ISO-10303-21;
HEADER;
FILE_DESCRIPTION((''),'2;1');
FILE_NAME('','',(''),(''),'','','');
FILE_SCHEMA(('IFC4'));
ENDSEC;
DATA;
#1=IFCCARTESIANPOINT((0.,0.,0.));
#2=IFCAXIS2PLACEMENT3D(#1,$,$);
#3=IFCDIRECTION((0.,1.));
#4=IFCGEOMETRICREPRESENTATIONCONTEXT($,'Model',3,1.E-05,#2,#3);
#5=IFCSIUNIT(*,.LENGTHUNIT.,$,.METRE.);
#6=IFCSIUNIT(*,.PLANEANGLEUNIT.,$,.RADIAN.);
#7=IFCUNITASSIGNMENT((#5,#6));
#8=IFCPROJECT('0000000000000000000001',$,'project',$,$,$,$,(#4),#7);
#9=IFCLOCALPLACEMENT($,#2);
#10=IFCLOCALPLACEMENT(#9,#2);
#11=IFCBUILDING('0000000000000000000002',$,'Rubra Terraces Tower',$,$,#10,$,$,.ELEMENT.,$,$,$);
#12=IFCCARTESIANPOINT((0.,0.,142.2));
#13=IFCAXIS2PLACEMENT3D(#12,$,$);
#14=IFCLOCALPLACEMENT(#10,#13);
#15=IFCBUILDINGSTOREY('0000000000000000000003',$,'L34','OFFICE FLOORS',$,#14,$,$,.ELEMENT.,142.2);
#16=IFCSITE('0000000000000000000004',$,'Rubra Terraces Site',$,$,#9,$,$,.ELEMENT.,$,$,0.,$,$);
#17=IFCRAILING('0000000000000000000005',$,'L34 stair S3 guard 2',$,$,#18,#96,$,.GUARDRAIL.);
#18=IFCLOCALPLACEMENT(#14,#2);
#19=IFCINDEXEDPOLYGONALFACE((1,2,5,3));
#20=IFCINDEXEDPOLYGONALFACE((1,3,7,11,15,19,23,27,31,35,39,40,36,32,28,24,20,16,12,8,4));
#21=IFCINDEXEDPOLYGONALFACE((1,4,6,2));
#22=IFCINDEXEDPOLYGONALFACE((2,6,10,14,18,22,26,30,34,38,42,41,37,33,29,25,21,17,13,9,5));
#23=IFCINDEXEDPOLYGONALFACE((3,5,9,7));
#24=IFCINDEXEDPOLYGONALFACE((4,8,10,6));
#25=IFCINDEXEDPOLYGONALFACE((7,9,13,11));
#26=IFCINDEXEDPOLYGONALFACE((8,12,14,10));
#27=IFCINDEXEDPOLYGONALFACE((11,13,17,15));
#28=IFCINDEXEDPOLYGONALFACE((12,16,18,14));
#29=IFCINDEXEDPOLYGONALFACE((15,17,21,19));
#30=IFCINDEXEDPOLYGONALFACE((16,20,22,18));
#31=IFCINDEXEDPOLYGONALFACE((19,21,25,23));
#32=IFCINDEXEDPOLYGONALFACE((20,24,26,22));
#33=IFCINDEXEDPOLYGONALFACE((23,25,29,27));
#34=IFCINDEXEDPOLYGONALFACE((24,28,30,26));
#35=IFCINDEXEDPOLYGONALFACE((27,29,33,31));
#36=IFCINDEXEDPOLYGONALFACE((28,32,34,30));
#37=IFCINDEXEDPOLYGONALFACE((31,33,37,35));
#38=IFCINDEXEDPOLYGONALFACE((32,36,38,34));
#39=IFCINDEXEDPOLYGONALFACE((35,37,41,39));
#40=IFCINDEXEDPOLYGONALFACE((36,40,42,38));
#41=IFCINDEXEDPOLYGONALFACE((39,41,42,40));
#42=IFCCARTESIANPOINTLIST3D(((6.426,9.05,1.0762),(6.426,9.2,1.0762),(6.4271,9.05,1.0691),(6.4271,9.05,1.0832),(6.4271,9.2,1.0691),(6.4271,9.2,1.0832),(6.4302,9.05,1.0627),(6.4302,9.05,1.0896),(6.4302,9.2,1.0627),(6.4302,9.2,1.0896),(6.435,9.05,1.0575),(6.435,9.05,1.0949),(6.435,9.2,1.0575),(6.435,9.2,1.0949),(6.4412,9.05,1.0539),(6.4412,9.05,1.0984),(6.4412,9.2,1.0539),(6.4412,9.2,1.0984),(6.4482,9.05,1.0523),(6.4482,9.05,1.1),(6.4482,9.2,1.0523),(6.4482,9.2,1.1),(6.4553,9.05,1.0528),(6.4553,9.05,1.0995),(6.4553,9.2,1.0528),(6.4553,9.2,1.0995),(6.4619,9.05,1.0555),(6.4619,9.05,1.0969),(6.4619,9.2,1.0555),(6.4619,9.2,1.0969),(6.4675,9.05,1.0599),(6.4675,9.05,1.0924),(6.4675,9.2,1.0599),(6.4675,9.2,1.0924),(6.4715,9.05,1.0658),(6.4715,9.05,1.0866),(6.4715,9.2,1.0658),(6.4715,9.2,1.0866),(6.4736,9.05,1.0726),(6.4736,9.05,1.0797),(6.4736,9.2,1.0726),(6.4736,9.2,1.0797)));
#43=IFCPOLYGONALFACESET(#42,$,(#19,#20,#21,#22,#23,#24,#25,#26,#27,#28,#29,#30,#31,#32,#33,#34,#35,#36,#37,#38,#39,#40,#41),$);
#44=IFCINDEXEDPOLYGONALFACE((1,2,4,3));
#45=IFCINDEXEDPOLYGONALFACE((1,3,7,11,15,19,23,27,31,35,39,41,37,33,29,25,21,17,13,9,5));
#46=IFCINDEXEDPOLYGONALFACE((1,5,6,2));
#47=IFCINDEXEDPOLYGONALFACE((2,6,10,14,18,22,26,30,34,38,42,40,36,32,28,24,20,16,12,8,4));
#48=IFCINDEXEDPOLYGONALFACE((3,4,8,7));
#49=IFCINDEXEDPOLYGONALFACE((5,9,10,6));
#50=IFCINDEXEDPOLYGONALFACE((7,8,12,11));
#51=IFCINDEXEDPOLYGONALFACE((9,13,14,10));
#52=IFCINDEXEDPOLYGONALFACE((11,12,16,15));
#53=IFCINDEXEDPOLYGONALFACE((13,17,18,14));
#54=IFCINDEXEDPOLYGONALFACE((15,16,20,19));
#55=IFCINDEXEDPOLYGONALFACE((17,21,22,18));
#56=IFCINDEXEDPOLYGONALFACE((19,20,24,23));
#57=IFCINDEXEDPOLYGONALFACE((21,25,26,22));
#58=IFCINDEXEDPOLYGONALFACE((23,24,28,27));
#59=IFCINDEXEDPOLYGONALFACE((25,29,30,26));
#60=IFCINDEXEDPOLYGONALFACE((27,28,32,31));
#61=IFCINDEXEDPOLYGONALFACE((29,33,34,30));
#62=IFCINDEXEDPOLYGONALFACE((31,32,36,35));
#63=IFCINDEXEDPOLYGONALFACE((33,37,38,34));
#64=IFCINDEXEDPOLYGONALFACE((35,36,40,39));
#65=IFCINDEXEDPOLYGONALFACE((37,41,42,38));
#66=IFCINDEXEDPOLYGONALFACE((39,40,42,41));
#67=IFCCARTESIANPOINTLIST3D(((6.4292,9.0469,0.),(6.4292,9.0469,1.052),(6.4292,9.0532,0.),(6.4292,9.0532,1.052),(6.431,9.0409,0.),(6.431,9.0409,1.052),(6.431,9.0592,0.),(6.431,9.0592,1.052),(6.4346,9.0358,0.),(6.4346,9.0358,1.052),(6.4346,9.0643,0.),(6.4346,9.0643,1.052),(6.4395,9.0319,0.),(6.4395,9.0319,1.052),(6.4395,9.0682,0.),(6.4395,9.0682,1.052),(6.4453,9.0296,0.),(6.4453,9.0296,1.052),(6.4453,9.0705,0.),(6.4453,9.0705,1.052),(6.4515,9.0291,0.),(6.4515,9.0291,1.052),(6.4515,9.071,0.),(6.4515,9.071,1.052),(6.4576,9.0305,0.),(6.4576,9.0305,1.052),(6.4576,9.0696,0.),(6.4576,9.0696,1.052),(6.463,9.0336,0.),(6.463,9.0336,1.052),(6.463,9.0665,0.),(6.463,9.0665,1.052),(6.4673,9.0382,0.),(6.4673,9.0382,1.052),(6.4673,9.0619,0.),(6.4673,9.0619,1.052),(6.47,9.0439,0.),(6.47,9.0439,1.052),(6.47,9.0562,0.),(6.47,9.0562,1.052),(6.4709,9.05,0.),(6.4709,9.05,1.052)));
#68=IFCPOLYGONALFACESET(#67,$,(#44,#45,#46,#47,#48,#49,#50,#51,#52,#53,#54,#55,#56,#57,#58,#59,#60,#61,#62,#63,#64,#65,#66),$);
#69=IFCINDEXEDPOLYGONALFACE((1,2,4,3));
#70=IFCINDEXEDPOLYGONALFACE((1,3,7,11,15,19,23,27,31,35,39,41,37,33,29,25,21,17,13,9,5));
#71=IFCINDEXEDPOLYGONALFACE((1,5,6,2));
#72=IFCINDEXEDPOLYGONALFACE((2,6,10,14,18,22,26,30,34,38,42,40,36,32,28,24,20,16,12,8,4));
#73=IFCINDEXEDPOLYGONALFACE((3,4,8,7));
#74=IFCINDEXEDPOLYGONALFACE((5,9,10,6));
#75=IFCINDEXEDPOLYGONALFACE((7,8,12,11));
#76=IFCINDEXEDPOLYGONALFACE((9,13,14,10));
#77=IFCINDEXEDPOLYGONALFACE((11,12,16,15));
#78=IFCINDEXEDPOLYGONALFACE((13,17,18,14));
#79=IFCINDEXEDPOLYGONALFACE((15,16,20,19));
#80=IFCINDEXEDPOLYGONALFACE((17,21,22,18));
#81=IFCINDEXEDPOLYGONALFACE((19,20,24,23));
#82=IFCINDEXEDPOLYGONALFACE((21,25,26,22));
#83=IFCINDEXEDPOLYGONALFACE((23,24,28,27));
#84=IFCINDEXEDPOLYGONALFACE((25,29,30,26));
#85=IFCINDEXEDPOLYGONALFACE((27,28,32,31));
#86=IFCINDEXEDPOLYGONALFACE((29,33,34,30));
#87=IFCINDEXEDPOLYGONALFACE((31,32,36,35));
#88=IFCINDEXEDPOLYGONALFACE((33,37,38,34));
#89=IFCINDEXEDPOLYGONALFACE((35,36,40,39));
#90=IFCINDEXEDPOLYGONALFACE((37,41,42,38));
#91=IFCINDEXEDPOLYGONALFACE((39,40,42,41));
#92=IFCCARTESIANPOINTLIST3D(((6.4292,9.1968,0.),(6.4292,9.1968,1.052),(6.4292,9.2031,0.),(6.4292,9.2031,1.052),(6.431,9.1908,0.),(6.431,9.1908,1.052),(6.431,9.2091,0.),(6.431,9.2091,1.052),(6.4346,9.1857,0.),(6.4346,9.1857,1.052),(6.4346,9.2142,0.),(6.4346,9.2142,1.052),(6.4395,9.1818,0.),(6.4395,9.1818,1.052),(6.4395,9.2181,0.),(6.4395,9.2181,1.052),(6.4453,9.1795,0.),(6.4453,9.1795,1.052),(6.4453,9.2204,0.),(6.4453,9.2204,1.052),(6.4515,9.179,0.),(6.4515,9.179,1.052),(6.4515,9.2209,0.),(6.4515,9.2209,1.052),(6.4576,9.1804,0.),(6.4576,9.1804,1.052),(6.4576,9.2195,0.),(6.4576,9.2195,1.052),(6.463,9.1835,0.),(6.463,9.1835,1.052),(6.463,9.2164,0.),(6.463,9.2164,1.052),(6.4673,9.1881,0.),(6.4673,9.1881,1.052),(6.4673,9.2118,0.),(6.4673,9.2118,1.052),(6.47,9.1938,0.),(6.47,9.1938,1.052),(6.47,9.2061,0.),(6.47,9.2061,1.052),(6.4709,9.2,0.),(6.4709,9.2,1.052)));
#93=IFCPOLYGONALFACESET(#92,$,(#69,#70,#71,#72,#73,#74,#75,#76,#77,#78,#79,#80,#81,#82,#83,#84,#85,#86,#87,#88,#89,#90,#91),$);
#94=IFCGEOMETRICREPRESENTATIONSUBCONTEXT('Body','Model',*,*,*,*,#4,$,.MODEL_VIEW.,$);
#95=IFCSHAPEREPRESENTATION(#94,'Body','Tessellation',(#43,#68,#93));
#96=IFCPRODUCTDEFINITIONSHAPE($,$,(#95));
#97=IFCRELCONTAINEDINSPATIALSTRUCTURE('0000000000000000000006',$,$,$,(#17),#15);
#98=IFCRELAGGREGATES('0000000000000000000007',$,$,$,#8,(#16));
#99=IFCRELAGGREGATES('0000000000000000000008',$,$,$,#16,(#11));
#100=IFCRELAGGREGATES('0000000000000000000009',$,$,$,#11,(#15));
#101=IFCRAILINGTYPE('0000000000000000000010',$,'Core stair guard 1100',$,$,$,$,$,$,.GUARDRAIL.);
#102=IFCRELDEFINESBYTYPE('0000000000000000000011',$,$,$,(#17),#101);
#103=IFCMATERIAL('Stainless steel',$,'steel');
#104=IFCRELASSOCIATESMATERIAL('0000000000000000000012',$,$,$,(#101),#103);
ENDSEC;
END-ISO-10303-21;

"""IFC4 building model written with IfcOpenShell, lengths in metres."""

from ifc_helpers import new_model, si_unit, direction, frame, origin, origin_2d, place, context, subcontext, project, spatial, circle, extrude, material, type_object, element, save


model = new_model("IFC4")

# Units and contexts
model_context = context("Model", 3, precision=1e-05, world=origin(), true_north=direction((0.0, 1.0)))
body_context = subcontext(model_context, "Body", "Model", "MODEL_VIEW")
ifc_project = project(units=[si_unit("LENGTHUNIT", "METRE"), si_unit("PLANEANGLEUNIT", "RADIAN")], contexts=[model_context])

# Site, building, storey
site_placement = place(None, origin())
site = spatial("IfcSite", under=ifc_project, at=site_placement, Name="Rubra Terraces Site", CompositionType="ELEMENT", RefElevation=0.0)
building_placement = place(site_placement, origin())
building = spatial("IfcBuilding", under=site, at=building_placement, Name="Rubra Terraces Tower", CompositionType="ELEMENT")
storey_placement = place(building_placement, frame((0.0, 0.0, 142.2)))
storey = spatial("IfcBuildingStorey", under=building, at=storey_placement, Name="L34", Description="OFFICE FLOORS", CompositionType="ELEMENT", Elevation=142.2)

# Shared definitions
ifc_material_1 = material(Name="Stainless steel", Category="steel")

# Railing
railing_type_1 = type_object("IfcRailingType", Name="Core stair guard 1100", PredefinedType="GUARDRAIL", material=ifc_material_1)
railing_1_placement = place(storey_placement, frame((6.45, 9.05, 0.0)))
element("IfcRailing", 1, at=railing_1_placement, inside=storey, type_object=railing_type_1, Name="L34 stair S3 guard 2", PredefinedType="GUARDRAIL", context=body_context, shape_type="SweptSolid", body=[
    extrude(circle(Radius=0.0239, at=origin_2d()), frame((0.0, 0.0, 1.0762), z_axis=(0.0, 1.0, 0.0), x_axis=(-1.0, 0.0, 0.0)), (0.0, 0.0, 1.0), 0.1499),
    extrude(circle(Radius=0.021, at=origin_2d()), origin(), (0.0, 0.0, 1.0), 1.052),
    extrude(circle(Radius=0.021, at=origin_2d()), frame((0.0, 0.1499, 0.0)), (0.0, 0.0, 1.0), 1.052),
])

save(model, "model.ifc")
